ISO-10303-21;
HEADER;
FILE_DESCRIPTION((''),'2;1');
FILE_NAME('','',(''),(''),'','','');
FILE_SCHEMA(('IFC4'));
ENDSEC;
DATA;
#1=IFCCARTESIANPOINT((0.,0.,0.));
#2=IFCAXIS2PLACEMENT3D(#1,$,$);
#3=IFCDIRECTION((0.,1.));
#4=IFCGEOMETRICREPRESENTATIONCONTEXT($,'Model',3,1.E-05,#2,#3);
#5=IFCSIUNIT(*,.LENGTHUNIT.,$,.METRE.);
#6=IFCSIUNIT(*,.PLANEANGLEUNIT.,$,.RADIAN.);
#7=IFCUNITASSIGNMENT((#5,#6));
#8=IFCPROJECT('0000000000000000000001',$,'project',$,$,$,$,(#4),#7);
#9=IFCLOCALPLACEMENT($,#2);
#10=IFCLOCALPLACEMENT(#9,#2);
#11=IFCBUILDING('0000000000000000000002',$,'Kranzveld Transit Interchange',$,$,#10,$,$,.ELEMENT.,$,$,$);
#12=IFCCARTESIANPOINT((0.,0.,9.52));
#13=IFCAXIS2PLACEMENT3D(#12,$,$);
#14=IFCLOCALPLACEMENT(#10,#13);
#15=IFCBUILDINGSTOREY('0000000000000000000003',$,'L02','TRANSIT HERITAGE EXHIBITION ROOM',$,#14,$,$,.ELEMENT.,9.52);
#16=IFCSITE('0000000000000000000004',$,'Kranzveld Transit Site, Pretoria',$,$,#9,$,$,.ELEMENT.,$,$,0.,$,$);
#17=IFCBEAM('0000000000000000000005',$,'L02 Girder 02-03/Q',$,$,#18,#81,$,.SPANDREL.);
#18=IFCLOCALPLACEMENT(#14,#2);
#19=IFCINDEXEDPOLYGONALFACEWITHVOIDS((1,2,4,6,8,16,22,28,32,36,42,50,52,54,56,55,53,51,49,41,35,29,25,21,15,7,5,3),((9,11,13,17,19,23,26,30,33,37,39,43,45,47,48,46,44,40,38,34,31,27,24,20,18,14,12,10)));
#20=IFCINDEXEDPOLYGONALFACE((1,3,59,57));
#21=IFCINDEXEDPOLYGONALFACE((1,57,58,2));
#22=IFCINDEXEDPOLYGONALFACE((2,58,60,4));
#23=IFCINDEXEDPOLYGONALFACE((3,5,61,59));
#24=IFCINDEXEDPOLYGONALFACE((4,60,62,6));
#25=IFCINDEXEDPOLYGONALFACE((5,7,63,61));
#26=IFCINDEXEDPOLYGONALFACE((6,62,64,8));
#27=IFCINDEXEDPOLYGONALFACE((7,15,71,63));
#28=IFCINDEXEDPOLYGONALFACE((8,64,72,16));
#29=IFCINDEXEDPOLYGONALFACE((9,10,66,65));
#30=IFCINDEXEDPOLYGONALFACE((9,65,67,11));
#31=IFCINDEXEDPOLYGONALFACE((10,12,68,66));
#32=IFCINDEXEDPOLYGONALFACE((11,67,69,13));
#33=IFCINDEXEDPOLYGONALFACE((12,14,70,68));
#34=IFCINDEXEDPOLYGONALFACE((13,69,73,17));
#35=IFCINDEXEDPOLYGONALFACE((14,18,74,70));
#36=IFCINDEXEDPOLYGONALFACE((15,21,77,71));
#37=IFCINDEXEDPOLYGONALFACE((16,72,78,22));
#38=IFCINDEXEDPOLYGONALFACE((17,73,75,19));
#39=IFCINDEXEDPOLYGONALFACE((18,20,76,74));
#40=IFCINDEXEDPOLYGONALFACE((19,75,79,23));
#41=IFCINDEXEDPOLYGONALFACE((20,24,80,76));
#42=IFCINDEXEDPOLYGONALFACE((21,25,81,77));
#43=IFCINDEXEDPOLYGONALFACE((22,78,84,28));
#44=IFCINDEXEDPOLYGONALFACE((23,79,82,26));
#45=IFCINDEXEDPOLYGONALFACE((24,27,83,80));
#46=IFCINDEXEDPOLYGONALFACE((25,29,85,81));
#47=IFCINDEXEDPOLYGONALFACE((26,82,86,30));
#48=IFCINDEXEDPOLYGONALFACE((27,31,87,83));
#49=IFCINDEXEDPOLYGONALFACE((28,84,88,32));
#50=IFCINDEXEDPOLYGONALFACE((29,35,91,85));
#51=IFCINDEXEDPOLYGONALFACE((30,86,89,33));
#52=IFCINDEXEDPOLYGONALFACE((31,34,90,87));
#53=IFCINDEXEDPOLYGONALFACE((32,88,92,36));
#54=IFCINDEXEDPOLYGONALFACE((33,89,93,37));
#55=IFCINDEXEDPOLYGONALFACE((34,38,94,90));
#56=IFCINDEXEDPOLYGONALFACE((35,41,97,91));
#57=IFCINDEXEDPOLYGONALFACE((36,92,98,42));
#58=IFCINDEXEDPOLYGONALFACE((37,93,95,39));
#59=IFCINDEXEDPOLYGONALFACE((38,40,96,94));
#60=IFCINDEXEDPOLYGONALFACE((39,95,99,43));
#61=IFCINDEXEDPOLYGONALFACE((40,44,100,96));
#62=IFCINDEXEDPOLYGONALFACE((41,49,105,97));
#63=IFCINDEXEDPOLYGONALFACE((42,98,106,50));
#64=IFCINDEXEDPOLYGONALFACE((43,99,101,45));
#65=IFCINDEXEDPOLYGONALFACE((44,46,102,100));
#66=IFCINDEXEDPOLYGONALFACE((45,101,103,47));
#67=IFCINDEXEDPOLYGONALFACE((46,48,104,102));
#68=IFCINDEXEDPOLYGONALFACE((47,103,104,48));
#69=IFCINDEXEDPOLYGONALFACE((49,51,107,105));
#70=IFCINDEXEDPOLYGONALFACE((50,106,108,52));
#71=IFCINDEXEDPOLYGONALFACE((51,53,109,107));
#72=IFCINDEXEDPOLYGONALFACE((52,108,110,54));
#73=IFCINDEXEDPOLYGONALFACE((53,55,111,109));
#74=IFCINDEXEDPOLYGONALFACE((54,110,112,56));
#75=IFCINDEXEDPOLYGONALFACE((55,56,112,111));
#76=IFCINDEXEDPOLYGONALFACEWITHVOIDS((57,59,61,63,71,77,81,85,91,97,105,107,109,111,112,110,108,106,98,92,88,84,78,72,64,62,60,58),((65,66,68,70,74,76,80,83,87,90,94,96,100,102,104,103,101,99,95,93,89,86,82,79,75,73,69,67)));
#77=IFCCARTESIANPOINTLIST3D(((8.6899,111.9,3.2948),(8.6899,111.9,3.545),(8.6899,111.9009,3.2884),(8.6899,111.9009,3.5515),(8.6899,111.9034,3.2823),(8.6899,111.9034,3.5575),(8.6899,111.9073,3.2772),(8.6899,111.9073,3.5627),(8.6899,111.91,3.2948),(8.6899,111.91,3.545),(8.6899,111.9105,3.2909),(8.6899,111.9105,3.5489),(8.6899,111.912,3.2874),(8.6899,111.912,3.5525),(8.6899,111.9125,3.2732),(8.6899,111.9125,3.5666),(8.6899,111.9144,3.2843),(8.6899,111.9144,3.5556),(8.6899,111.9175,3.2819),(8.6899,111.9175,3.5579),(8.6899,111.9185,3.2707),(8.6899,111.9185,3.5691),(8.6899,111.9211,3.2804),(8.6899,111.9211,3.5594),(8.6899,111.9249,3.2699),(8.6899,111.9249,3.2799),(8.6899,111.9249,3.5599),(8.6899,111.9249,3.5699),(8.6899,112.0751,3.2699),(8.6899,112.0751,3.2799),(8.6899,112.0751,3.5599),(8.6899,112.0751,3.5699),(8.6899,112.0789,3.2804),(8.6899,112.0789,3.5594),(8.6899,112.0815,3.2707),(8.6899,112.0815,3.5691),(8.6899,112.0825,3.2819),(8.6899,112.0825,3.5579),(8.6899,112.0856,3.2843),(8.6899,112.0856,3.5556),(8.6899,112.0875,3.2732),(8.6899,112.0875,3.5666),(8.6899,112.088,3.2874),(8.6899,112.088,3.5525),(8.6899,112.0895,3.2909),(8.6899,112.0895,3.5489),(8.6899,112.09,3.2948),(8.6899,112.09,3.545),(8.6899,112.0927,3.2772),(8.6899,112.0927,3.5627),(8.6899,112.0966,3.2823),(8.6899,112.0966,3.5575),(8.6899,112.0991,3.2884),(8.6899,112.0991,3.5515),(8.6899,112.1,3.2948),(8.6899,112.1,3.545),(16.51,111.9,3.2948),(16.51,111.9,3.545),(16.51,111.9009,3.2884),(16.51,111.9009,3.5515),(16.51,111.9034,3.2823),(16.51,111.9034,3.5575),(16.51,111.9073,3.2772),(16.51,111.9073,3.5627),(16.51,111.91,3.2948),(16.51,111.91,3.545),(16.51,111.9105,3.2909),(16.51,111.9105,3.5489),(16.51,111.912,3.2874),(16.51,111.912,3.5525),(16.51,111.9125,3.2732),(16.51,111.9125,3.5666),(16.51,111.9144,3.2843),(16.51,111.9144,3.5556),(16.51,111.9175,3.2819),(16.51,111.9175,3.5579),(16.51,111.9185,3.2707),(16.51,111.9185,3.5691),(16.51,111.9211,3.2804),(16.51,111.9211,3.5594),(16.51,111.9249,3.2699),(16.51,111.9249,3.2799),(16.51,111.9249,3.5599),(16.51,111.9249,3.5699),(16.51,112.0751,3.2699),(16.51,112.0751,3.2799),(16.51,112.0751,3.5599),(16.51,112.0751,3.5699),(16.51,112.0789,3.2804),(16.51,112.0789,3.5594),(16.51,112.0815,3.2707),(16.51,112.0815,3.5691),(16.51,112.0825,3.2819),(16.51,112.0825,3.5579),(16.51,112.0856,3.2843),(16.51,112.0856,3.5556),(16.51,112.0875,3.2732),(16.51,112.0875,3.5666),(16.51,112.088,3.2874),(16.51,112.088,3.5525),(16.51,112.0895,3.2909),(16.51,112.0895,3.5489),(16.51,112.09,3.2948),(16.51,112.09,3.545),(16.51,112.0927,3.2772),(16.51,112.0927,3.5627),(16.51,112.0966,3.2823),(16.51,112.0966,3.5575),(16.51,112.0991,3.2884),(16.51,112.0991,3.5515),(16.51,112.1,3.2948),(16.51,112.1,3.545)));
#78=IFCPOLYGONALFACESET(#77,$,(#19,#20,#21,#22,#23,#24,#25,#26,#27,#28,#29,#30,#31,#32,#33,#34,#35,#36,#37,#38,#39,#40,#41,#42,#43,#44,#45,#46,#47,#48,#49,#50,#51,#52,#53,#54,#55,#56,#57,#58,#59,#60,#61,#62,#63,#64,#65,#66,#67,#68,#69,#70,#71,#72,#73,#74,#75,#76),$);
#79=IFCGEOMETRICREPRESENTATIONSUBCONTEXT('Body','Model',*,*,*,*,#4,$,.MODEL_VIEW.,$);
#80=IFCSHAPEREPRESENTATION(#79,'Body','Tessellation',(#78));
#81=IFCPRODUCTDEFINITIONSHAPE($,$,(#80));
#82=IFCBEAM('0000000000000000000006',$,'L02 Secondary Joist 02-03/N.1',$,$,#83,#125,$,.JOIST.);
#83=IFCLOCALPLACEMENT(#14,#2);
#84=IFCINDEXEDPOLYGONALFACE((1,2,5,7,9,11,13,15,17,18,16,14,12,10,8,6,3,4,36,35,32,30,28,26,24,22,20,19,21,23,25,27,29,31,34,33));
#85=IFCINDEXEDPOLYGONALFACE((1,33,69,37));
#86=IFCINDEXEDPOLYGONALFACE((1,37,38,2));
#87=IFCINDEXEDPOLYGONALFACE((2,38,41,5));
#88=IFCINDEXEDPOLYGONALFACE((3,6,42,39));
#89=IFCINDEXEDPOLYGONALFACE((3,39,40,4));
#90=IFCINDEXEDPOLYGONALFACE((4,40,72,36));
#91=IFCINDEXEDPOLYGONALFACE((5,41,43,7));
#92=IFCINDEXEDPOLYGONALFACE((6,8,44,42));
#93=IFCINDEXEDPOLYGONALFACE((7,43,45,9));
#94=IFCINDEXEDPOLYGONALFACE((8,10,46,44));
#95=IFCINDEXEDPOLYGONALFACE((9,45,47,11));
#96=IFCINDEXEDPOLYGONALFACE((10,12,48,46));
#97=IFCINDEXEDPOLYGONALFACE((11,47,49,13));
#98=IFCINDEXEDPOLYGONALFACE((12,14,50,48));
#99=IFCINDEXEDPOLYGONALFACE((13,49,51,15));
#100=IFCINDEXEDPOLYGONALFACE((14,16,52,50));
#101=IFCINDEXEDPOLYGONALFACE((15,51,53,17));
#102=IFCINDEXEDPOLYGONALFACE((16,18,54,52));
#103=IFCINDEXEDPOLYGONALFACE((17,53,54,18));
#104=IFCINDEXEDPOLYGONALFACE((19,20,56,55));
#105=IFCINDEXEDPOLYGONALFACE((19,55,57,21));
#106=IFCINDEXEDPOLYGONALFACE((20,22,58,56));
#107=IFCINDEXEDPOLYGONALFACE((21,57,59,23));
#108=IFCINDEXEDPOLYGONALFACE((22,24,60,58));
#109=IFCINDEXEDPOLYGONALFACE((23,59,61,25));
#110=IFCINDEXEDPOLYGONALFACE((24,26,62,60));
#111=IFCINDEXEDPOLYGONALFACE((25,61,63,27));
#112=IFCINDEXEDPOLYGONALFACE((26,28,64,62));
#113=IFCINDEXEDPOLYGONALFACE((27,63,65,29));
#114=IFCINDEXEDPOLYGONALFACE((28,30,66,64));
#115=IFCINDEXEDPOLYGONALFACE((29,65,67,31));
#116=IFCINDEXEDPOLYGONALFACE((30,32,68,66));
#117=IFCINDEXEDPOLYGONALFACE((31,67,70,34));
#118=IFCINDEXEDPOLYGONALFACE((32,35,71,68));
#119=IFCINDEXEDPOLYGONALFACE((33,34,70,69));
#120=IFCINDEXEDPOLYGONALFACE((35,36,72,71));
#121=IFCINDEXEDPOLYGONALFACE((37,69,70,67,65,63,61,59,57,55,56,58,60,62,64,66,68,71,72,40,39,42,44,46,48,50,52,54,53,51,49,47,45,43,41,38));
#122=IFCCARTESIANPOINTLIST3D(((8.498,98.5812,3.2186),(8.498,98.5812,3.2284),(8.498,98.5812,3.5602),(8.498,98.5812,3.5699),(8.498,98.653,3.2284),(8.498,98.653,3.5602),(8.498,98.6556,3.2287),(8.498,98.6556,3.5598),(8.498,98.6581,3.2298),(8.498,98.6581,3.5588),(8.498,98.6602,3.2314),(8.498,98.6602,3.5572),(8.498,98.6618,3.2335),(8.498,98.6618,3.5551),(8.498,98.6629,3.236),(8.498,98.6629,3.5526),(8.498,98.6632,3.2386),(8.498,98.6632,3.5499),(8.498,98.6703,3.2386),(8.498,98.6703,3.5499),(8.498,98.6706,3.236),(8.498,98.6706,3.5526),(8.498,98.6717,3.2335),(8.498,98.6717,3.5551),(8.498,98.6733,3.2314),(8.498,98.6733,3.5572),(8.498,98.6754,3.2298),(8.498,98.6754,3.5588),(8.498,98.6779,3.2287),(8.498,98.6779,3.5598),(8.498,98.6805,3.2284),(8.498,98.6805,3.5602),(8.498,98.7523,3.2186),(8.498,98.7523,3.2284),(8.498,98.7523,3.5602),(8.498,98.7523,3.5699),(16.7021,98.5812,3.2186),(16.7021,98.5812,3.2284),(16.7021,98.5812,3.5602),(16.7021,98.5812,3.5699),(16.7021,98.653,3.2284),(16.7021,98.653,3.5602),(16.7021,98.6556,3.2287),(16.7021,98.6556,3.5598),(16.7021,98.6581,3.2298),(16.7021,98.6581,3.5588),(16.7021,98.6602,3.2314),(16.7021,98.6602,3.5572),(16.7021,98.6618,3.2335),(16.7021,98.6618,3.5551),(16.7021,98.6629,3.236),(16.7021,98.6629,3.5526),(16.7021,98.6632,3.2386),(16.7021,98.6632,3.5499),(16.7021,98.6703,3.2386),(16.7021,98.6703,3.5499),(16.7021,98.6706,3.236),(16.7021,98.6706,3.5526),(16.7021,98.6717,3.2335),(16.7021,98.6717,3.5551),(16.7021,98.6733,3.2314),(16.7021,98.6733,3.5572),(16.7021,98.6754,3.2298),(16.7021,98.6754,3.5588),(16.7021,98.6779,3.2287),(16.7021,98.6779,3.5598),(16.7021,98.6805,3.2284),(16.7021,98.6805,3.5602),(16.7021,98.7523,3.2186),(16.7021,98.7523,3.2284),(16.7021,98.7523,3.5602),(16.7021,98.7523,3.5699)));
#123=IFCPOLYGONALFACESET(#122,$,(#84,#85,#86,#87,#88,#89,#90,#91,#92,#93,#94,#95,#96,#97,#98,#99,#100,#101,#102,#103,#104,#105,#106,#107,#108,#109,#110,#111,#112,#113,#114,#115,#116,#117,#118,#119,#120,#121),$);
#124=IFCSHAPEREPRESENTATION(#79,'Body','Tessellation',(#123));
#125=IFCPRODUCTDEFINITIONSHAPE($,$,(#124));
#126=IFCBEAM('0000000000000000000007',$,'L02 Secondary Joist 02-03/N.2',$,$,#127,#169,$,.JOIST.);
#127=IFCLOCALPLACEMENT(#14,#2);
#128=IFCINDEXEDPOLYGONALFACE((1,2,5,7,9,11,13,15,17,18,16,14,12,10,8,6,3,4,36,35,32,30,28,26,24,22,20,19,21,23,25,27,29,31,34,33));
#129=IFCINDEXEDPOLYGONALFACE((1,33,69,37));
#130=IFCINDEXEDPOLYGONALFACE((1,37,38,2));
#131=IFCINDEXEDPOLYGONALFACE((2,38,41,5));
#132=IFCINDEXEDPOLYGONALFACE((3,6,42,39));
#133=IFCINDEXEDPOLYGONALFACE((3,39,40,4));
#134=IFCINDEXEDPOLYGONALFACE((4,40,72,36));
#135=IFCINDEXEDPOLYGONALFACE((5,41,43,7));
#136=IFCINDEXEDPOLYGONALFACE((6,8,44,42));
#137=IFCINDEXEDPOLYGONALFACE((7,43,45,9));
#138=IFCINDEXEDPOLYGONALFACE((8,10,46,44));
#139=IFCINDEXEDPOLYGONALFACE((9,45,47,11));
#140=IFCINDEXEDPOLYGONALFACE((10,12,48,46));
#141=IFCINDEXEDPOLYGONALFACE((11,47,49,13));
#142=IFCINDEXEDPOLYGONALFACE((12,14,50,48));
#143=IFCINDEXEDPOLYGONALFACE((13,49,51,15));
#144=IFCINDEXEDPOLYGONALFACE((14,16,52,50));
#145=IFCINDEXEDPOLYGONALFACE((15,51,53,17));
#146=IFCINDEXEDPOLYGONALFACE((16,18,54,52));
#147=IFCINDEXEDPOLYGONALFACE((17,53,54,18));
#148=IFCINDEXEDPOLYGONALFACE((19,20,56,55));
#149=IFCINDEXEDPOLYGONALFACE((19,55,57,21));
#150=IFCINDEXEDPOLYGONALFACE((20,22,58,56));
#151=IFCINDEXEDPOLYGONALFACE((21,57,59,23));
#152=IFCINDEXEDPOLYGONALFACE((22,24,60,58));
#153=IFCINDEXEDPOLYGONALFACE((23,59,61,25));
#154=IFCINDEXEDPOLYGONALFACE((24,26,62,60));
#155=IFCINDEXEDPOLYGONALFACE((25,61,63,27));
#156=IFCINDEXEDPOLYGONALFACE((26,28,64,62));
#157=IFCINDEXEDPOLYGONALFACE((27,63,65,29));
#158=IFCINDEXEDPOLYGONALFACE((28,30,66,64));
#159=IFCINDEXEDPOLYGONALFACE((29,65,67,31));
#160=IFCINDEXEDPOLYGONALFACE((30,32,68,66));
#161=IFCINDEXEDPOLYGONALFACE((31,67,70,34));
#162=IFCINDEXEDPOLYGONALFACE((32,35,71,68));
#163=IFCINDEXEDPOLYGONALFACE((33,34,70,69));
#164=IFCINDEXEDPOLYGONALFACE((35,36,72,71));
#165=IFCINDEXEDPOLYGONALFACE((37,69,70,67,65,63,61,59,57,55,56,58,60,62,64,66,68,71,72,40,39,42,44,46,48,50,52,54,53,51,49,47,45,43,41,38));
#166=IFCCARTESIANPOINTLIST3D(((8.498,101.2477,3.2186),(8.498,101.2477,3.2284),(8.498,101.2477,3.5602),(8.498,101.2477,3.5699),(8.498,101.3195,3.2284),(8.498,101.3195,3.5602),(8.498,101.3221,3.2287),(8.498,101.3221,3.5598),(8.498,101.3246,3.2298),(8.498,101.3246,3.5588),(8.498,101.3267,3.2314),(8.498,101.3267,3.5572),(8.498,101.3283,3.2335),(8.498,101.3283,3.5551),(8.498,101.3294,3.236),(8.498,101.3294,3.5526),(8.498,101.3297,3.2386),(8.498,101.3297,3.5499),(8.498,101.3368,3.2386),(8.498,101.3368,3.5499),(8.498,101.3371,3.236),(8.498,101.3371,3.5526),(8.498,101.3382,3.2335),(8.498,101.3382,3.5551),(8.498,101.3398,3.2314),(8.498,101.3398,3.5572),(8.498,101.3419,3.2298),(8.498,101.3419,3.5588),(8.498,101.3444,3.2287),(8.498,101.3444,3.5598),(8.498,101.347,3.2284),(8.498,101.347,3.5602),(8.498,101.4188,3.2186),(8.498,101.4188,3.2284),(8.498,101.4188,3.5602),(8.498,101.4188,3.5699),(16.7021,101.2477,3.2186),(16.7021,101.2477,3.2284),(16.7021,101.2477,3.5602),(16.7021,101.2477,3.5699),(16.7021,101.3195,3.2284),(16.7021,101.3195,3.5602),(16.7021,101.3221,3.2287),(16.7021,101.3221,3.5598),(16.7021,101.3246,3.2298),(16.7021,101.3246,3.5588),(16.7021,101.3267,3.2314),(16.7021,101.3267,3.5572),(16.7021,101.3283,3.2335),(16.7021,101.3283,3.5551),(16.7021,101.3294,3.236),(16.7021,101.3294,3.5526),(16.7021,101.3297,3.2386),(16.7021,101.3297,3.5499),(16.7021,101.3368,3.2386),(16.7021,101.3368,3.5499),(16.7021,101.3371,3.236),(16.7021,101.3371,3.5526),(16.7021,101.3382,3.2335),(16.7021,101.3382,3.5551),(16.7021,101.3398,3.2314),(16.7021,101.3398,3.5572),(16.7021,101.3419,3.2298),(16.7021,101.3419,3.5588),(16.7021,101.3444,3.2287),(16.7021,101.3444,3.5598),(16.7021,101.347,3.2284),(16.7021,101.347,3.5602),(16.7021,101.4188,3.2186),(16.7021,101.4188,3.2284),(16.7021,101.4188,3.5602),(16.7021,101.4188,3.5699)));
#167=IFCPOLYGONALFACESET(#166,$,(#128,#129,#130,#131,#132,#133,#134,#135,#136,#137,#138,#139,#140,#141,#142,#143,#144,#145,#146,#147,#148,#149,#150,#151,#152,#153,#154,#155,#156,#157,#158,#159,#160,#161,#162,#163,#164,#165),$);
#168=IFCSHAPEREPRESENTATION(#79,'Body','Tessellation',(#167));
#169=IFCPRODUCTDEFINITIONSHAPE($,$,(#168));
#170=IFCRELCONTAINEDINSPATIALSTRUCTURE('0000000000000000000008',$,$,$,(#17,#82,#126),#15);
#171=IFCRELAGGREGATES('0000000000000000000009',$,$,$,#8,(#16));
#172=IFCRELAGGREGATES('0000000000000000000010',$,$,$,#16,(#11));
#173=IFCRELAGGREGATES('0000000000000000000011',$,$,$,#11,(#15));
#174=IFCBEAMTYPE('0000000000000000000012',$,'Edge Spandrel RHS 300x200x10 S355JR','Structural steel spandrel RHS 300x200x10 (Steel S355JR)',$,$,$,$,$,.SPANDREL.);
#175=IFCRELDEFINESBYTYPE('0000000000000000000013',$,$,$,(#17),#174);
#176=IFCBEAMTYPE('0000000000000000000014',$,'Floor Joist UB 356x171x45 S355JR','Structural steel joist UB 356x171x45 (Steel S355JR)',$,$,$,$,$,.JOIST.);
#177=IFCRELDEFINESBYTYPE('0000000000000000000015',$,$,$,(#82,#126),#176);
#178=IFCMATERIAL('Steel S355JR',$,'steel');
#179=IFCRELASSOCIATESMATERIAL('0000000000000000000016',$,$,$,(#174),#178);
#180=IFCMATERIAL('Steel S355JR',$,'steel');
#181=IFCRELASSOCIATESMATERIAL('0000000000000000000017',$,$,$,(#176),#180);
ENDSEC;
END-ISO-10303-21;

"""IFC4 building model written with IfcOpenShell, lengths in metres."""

from ifc_helpers import new_model, si_unit, direction, frame, origin, origin_2d, place, context, subcontext, project, spatial, hollow_rectangle, i_section, extrude, material, material_profile, profile_set, type_object, element, save


model = new_model("IFC4")

# Units and contexts
model_context = context("Model", 3, precision=1e-05, world=origin(), true_north=direction((0.0, 1.0)))
body_context = subcontext(model_context, "Body", "Model", "MODEL_VIEW")
ifc_project = project(units=[si_unit("LENGTHUNIT", "METRE"), si_unit("PLANEANGLEUNIT", "RADIAN")], contexts=[model_context])

# Site, building, storey
site_placement = place(None, origin())
site = spatial("IfcSite", under=ifc_project, at=site_placement, Name="Kranzveld Transit Site, Pretoria", CompositionType="ELEMENT", RefElevation=0.0)
building_placement = place(site_placement, origin())
building = spatial("IfcBuilding", under=site, at=building_placement, Name="Kranzveld Transit Interchange", CompositionType="ELEMENT")
storey_placement = place(building_placement, frame((0.0, 0.0, 9.52)))
storey = spatial("IfcBuildingStorey", under=building, at=storey_placement, Name="L02", Description="TRANSIT HERITAGE EXHIBITION ROOM", CompositionType="ELEMENT", Elevation=9.52)

# Beams
ifc_material_1 = material(Name="Steel S355JR", Category="steel")
ifc_material_profile_1 = material_profile(ifc_material_1, hollow_rectangle(XDim=0.2, YDim=0.3, WallThickness=0.01, InnerFilletRadius=0.0149, OuterFilletRadius=0.0249, at=origin_2d()), Name="RHS 300x200x10")
ifc_profile_set_1 = profile_set([ifc_material_profile_1], Name="Steel S355JR")
beam_type_1 = type_object("IfcBeamType", Name="Edge Spandrel RHS 300x200x10 S355JR", Description="Structural steel spandrel RHS 300x200x10 (Steel S355JR)", PredefinedType="SPANDREL", material=ifc_profile_set_1)
beam_1_placement = place(storey_placement, frame((8.6899, 112.0, 3.4199), z_axis=(1.0, 0.0, 0.0), x_axis=(0.0, 1.0, 0.0)))
element("IfcBeam", 1, at=beam_1_placement, inside=storey, type_object=beam_type_1, Name="L02 Girder 02-03/Q", PredefinedType="SPANDREL", context=body_context, shape_type="SweptSolid", body=[
    extrude(hollow_rectangle(XDim=0.2, YDim=0.3, WallThickness=0.01, InnerFilletRadius=0.0149, OuterFilletRadius=0.0249, at=origin_2d()), origin(), (0.0, 0.0, 1.0), 7.8201),
])
ifc_material_2 = material(Name="Steel S355JR", Category="steel")
ifc_material_profile_2 = material_profile(ifc_material_2, i_section(OverallWidth=0.1711, OverallDepth=0.3513, WebThickness=0.0071, FlangeThickness=0.0098, FilletRadius=0.0103, at=origin_2d()), Name="UB 356x171x45")
ifc_profile_set_2 = profile_set([ifc_material_profile_2], Name="Steel S355JR")
beam_type_2 = type_object("IfcBeamType", Name="Floor Joist UB 356x171x45 S355JR", Description="Structural steel joist UB 356x171x45 (Steel S355JR)", PredefinedType="JOIST", material=ifc_profile_set_2)
for number, where, z_axis, x_axis, name in (
    (2, (8.498, 98.6667, 3.3943), (1.0, 0.0, 0.0), (0.0, 1.0, 0.0), "L02 Secondary Joist 02-03/N.1"),
    (3, (8.498, 101.3333, 3.3943), (1.0, 0.0, 0.0), (0.0, 1.0, 0.0), "L02 Secondary Joist 02-03/N.2"),
):
    element("IfcBeam", number, at=place(storey_placement, frame(where, z_axis=z_axis, x_axis=x_axis)), inside=storey, type_object=beam_type_2, Name=name, PredefinedType="JOIST", context=body_context, shape_type="SweptSolid", body=[
        extrude(i_section(OverallWidth=0.1711, OverallDepth=0.3513, WebThickness=0.0071, FlangeThickness=0.0098, FilletRadius=0.0103, at=origin_2d()), origin(), (0.0, 0.0, 1.0), 8.2041),
    ])

save(model, "model.ifc")
